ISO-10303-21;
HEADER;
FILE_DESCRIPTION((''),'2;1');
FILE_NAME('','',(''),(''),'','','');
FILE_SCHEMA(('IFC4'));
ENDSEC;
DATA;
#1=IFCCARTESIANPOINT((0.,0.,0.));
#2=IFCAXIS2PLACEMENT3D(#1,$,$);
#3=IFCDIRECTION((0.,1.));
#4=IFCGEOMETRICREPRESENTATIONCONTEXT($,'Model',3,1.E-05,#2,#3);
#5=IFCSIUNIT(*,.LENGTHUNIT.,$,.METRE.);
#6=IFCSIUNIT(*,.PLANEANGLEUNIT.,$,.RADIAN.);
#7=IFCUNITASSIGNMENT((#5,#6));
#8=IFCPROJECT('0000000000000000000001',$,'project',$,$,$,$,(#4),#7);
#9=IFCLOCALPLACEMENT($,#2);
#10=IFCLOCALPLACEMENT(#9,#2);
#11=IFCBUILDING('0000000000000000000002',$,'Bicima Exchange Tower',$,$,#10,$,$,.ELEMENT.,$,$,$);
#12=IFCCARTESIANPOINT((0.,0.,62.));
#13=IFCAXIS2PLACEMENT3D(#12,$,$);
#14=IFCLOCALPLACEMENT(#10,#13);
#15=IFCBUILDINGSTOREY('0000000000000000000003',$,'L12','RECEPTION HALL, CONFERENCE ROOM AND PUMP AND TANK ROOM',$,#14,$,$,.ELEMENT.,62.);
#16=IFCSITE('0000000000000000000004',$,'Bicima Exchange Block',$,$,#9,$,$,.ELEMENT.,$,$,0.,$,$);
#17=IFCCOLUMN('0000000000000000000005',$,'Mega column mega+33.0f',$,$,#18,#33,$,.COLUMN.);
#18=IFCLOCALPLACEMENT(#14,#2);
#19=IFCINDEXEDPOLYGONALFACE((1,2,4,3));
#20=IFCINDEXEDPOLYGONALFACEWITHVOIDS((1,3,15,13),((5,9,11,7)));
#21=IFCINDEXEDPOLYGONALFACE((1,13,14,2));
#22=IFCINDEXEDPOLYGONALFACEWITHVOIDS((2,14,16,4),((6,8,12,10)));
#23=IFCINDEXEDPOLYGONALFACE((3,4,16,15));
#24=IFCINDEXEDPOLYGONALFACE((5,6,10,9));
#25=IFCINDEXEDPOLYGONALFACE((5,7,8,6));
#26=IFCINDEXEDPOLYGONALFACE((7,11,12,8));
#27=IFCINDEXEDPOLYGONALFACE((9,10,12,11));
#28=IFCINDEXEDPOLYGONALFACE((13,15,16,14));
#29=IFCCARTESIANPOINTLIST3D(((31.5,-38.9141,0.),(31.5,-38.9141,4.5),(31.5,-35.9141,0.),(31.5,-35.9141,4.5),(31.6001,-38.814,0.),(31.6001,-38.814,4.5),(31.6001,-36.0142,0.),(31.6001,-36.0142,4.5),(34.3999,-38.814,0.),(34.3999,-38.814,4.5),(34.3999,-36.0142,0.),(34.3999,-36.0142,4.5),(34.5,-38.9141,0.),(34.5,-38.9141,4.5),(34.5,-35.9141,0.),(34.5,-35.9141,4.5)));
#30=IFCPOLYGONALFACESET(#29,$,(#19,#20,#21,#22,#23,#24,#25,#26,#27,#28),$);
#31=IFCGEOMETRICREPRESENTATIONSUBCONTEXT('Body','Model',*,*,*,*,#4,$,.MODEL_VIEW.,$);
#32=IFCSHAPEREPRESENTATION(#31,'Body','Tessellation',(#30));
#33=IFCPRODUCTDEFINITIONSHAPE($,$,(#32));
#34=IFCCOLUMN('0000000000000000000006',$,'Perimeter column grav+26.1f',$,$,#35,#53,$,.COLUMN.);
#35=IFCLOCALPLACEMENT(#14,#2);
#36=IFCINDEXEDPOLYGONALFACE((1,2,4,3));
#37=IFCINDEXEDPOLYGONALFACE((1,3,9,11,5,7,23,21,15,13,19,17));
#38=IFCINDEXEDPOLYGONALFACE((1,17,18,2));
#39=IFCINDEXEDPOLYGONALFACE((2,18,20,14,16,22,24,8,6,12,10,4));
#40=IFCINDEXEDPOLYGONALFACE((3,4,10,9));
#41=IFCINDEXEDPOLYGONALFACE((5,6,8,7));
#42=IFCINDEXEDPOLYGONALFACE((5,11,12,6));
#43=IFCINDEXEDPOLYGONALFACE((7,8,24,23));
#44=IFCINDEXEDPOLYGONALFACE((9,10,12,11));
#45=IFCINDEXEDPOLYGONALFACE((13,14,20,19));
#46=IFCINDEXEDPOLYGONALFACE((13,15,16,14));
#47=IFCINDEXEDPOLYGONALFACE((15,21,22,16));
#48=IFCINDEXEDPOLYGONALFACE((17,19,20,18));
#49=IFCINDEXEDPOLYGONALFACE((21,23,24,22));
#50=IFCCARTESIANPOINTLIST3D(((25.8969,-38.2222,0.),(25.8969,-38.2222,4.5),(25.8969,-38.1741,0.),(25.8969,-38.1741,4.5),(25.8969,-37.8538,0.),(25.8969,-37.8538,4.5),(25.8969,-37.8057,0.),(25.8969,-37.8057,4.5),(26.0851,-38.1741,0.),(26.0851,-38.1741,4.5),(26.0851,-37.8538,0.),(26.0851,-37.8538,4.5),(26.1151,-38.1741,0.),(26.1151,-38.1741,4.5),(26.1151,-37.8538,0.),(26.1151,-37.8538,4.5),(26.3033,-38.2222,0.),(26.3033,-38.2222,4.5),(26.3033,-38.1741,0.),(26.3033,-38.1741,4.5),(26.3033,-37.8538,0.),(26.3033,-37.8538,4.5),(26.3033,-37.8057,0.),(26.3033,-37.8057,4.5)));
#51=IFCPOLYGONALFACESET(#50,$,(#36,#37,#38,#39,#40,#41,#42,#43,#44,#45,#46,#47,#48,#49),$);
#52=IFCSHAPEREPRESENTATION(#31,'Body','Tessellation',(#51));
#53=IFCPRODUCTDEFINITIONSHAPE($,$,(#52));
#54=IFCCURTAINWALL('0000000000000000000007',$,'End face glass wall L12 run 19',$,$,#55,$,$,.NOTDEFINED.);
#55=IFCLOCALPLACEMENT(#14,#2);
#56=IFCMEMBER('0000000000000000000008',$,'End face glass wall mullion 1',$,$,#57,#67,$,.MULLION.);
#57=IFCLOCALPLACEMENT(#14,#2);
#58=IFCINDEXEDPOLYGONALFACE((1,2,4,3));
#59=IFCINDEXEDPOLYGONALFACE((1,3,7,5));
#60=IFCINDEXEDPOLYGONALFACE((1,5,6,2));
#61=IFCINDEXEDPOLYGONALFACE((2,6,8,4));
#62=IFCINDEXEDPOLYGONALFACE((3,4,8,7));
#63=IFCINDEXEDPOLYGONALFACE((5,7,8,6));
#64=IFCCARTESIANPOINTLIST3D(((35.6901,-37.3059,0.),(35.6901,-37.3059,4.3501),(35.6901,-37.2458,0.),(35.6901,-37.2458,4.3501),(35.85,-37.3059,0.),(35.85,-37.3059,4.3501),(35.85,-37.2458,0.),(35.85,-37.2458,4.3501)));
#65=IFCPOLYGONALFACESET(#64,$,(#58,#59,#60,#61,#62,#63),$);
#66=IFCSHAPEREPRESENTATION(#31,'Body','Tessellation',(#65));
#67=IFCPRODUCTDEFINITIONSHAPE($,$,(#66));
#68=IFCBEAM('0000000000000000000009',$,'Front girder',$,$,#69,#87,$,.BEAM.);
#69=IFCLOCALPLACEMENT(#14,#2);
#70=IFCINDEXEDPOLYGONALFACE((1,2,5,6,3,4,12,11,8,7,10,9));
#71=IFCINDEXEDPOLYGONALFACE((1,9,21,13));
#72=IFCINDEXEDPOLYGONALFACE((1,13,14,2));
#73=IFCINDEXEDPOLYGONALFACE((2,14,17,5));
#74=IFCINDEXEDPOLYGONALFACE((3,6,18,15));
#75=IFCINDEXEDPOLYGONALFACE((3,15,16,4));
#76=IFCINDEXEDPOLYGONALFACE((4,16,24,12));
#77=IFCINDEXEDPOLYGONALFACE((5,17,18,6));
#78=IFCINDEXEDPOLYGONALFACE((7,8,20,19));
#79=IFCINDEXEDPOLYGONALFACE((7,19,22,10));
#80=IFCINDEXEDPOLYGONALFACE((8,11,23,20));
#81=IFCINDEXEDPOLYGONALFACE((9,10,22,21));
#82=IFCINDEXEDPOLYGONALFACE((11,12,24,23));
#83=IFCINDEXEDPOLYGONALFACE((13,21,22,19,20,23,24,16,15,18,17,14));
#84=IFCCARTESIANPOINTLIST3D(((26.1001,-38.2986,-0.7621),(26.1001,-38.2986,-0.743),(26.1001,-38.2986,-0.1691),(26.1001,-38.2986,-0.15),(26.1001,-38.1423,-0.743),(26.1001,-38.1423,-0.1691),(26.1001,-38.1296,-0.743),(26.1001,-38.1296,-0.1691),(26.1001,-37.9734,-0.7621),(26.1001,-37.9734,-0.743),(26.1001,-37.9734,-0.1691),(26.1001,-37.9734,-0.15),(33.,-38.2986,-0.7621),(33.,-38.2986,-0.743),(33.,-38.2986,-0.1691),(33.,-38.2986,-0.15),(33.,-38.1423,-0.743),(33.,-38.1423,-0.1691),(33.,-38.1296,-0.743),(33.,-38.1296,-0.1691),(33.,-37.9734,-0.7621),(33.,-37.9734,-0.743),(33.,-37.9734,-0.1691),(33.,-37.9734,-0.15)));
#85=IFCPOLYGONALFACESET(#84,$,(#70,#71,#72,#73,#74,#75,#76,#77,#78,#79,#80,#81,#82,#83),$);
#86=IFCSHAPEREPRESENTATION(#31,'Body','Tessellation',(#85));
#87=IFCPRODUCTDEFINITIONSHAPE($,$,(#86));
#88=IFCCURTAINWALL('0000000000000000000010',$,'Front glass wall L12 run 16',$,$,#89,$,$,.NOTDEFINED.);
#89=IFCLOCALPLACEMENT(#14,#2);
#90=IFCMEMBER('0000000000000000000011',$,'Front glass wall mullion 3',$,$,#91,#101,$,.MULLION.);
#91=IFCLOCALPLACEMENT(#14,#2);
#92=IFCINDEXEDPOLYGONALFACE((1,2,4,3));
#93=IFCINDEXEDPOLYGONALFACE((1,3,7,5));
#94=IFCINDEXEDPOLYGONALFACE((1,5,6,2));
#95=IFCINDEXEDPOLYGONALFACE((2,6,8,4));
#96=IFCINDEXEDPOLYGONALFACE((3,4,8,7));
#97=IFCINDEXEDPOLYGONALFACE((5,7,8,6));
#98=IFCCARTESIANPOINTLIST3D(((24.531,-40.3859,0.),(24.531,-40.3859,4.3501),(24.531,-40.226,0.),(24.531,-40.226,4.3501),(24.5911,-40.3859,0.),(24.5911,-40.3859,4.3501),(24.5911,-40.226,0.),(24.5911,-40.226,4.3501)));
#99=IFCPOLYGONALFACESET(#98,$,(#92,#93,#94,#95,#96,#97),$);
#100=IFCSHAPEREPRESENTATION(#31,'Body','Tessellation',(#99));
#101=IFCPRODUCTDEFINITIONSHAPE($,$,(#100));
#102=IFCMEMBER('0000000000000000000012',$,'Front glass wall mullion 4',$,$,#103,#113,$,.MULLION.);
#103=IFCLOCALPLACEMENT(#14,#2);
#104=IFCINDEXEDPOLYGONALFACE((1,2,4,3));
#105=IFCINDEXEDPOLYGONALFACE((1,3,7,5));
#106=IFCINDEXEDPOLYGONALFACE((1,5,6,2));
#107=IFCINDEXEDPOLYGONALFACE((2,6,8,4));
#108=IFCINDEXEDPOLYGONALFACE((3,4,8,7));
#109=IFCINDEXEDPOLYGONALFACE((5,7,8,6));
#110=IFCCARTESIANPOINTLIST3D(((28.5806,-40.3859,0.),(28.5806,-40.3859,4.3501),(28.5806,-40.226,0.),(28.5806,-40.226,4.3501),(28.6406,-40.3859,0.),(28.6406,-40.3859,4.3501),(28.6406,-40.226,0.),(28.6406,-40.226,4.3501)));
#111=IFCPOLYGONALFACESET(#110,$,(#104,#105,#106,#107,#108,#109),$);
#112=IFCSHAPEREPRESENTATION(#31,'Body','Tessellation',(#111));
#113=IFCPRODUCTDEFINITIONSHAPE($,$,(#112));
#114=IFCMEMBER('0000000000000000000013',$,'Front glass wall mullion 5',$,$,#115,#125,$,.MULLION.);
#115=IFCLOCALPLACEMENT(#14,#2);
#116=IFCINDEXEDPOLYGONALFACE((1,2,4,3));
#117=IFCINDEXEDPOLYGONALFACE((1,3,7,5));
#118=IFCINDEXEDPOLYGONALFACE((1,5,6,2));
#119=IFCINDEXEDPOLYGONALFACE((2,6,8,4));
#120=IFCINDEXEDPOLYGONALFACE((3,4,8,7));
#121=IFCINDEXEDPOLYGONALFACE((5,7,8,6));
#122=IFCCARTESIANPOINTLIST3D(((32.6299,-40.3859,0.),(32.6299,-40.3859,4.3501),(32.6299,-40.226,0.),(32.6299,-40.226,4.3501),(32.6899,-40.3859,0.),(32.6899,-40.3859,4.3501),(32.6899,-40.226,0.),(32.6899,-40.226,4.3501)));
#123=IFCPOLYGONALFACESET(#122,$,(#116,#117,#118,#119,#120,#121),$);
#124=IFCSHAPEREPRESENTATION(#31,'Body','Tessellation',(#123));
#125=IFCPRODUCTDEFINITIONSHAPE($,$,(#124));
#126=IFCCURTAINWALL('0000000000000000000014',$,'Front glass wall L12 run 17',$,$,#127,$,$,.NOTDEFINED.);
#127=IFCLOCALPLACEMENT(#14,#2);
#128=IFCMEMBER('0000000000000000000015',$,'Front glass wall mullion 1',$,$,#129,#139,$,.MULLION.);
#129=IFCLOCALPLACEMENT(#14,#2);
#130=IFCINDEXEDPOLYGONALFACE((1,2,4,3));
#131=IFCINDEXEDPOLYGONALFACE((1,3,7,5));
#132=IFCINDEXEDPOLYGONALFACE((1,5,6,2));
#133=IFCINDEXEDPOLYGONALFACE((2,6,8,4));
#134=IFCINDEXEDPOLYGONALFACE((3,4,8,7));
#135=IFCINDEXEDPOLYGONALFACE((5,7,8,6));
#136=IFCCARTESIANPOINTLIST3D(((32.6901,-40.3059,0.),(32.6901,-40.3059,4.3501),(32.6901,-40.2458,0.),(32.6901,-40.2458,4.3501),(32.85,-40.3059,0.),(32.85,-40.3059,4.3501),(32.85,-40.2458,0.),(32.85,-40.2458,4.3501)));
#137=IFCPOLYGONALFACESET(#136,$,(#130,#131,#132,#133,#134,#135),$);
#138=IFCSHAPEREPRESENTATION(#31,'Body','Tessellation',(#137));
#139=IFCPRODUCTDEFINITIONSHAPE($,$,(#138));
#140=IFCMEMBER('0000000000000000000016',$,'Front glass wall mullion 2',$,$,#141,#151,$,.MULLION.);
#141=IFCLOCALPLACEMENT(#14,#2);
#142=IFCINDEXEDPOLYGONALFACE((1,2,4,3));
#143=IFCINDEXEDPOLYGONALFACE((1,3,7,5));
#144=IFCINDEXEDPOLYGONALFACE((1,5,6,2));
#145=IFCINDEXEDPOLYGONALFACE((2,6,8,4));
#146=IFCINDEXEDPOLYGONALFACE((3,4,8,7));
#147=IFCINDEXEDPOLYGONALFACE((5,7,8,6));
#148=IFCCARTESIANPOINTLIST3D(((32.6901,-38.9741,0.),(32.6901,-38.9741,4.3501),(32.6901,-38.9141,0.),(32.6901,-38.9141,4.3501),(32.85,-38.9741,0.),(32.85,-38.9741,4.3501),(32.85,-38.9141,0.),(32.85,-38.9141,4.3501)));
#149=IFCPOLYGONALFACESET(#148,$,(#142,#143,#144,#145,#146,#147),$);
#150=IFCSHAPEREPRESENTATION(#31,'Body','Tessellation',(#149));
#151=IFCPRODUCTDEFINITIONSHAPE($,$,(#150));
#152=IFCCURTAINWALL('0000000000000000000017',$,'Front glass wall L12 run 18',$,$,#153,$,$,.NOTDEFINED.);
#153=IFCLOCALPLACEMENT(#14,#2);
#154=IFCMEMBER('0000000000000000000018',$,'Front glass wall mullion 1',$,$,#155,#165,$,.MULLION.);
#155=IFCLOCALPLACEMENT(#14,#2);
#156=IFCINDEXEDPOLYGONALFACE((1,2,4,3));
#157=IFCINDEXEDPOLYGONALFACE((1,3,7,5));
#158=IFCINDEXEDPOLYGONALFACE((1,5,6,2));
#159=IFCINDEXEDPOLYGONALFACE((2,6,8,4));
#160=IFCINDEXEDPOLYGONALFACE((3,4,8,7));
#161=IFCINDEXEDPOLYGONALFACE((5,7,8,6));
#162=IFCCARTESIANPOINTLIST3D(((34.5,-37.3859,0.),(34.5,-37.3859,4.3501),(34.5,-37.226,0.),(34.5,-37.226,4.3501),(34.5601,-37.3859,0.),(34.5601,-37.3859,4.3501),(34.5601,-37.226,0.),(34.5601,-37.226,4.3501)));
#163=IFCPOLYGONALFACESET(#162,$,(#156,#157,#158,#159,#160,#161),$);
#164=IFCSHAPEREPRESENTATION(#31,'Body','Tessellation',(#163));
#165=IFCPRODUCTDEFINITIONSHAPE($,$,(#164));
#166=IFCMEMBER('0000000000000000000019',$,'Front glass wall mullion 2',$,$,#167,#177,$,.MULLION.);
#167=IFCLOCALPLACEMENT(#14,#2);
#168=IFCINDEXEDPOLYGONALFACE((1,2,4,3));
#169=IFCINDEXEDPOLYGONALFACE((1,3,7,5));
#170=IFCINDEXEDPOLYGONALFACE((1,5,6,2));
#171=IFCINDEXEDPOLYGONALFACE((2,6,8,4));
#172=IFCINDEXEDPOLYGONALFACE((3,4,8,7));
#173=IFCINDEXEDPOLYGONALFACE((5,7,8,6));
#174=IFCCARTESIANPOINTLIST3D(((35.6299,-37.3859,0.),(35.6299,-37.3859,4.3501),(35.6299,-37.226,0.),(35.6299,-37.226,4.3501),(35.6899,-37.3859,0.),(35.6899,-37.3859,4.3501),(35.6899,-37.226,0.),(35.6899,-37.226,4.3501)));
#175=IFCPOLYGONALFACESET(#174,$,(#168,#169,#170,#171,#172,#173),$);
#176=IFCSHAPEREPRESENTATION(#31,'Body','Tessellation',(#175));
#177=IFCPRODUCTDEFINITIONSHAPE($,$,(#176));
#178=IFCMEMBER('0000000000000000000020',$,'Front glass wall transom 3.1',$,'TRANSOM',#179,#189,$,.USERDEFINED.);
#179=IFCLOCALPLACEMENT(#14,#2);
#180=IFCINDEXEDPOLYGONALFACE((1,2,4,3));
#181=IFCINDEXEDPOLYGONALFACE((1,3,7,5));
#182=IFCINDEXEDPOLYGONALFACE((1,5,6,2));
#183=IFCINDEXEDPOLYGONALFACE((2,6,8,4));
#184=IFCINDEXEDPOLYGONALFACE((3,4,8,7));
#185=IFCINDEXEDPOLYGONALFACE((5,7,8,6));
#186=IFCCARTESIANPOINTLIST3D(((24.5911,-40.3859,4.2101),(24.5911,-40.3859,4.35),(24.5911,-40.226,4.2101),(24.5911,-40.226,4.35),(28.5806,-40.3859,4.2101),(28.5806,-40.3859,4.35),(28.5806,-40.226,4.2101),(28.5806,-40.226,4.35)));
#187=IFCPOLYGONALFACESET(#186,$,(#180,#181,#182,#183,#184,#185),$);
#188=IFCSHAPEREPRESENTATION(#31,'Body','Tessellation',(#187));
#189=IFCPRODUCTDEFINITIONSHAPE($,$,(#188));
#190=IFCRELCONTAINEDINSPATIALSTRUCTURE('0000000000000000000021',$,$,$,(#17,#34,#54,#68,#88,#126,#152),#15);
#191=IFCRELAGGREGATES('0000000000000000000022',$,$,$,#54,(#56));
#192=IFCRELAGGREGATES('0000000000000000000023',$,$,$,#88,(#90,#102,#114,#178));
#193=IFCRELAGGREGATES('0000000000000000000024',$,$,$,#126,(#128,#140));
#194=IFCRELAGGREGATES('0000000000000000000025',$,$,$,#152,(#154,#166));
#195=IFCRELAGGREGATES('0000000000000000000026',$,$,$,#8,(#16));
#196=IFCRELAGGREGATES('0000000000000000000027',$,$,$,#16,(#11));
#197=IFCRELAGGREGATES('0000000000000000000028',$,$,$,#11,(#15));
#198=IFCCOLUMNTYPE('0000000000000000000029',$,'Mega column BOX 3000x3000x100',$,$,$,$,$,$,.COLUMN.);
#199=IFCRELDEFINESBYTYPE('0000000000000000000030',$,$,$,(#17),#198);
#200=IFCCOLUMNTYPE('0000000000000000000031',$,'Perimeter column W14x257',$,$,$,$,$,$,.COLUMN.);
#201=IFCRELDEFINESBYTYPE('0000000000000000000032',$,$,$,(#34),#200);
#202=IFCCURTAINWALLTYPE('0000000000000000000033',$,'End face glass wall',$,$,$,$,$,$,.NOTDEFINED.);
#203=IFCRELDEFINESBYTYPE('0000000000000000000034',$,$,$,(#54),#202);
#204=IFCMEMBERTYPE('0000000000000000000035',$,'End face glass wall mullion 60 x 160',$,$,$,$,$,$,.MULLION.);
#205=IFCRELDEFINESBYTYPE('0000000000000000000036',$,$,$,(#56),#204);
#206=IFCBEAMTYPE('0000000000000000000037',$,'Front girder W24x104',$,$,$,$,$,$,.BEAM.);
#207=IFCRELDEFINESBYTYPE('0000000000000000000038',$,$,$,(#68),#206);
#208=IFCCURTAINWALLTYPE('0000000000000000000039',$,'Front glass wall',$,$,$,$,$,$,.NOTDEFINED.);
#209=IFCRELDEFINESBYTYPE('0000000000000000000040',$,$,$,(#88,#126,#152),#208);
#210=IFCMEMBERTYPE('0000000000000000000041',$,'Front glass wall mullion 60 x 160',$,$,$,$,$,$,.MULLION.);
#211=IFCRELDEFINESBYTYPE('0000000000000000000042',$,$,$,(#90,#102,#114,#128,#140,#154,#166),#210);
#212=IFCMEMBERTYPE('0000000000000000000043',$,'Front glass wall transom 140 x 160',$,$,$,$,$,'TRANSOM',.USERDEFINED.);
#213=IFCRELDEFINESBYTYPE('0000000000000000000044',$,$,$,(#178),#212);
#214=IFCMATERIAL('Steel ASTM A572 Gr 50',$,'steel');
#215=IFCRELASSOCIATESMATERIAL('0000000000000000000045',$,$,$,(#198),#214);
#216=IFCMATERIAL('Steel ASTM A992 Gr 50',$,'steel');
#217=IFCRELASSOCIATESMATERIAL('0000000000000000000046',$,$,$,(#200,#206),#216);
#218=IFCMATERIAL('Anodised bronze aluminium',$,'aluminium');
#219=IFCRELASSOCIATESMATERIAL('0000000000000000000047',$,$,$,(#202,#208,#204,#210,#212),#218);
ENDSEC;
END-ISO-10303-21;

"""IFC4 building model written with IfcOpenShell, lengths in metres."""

from ifc_helpers import new_model, si_unit, direction, frame, origin, origin_2d, place, context, subcontext, project, spatial, rectangle, hollow_rectangle, i_section, extrude, material, material_profile, profile_set, type_object, element, aggregate, save


model = new_model("IFC4")

# Units and contexts
model_context = context("Model", 3, precision=1e-05, world=origin(), true_north=direction((0.0, 1.0)))
body_context = subcontext(model_context, "Body", "Model", "MODEL_VIEW")
ifc_project = project(units=[si_unit("LENGTHUNIT", "METRE"), si_unit("PLANEANGLEUNIT", "RADIAN")], contexts=[model_context])

# Site, building, storey
site_placement = place(None, origin())
site = spatial("IfcSite", under=ifc_project, at=site_placement, Name="Bicima Exchange Block", CompositionType="ELEMENT", RefElevation=0.0)
building_placement = place(site_placement, origin())
building = spatial("IfcBuilding", under=site, at=building_placement, Name="Bicima Exchange Tower", CompositionType="ELEMENT")
storey_placement = place(building_placement, frame((0.0, 0.0, 62.0)))
storey = spatial("IfcBuildingStorey", under=building, at=storey_placement, Name="L12", Description="RECEPTION HALL, CONFERENCE ROOM AND PUMP AND TANK ROOM", CompositionType="ELEMENT", Elevation=62.0)

# Columns
ifc_material_1 = material(Name="Steel ASTM A572 Gr 50", Category="steel")
ifc_material_profile_1 = material_profile(ifc_material_1, hollow_rectangle(XDim=3.0, YDim=3.0, WallThickness=0.1001, at=origin_2d()))
ifc_profile_set_1 = profile_set([ifc_material_profile_1], Name="Steel ASTM A572 Gr 50")
column_type_1 = type_object("IfcColumnType", Name="Mega column BOX 3000x3000x100", PredefinedType="COLUMN", material=ifc_profile_set_1)
column_1_placement = place(storey_placement, frame((33.0, -37.4141, 0.0), z_axis=(0.0, 0.0, 1.0), x_axis=(1.0, 0.0, 0.0)))
element("IfcColumn", 1, at=column_1_placement, inside=storey, type_object=column_type_1, Name="Mega column mega+33.0f", PredefinedType="COLUMN", context=body_context, shape_type="SweptSolid", body=[
    extrude(hollow_rectangle(XDim=3.0, YDim=3.0, WallThickness=0.1001, at=origin_2d()), origin(), (0.0, 0.0, 1.0), 4.5),
])
ifc_material_2 = material(Name="Steel ASTM A992 Gr 50", Category="steel")
ifc_material_profile_2 = material_profile(ifc_material_2, i_section(OverallWidth=0.4065, OverallDepth=0.4165, WebThickness=0.03, FlangeThickness=0.0481, at=origin_2d()))
ifc_profile_set_2 = profile_set([ifc_material_profile_2], Name="Steel ASTM A992 Gr 50")
column_type_2 = type_object("IfcColumnType", Name="Perimeter column W14x257", PredefinedType="COLUMN", material=ifc_profile_set_2)
column_2_placement = place(storey_placement, frame((26.1001, -38.0139, 0.0), z_axis=(0.0, 0.0, 1.0), x_axis=(1.0, 0.0, 0.0)))
element("IfcColumn", 2, at=column_2_placement, inside=storey, type_object=column_type_2, Name="Perimeter column grav+26.1f", PredefinedType="COLUMN", context=body_context, shape_type="SweptSolid", body=[
    extrude(i_section(OverallWidth=0.4065, OverallDepth=0.4165, WebThickness=0.03, FlangeThickness=0.0481, at=origin_2d()), origin(), (0.0, 0.0, 1.0), 4.5),
])

# Curtain wall, member
ifc_material_3 = material(Name="Anodised bronze aluminium", Category="aluminium")
curtain_wall_type_1 = type_object("IfcCurtainWallType", Name="End face glass wall", PredefinedType="NOTDEFINED", material=ifc_material_3)
curtain_wall_1_placement = place(storey_placement, origin())
curtain_wall_1 = element("IfcCurtainWall", 3, at=curtain_wall_1_placement, inside=storey, type_object=curtain_wall_type_1, Name="End face glass wall L12 run 19", PredefinedType="NOTDEFINED")
ifc_material_profile_3 = material_profile(ifc_material_3, rectangle(XDim=0.1599, YDim=0.0601, at=origin_2d()))
ifc_profile_set_3 = profile_set([ifc_material_profile_3], Name="Anodised bronze aluminium")
member_type_1 = type_object("IfcMemberType", Name="End face glass wall mullion 60 x 160", PredefinedType="MULLION", material=ifc_profile_set_3)
member_1_placement = place(storey_placement, frame((35.77, -37.2759, 0.0), z_axis=(0.0, 0.0, 1.0), x_axis=(-1.0, 0.0, 0.0)))
member_1 = element("IfcMember", 4, at=member_1_placement, type_object=member_type_1, Name="End face glass wall mullion 1", PredefinedType="MULLION", context=body_context, shape_type="SweptSolid", body=[
    extrude(rectangle(XDim=0.1599, YDim=0.0601, at=origin_2d()), origin(), (0.0, 0.0, 1.0), 4.3501),
])
aggregate(curtain_wall_1, [member_1])

# Beam
ifc_material_profile_4 = material_profile(ifc_material_2, i_section(OverallWidth=0.3252, OverallDepth=0.6121, WebThickness=0.0127, FlangeThickness=0.019, at=origin_2d()))
ifc_profile_set_4 = profile_set([ifc_material_profile_4], Name="Steel ASTM A992 Gr 50")
beam_type = type_object("IfcBeamType", Name="Front girder W24x104", PredefinedType="BEAM", material=ifc_profile_set_4)
beam_placement = place(storey_placement, frame((26.1001, -38.136, -0.4561), z_axis=(1.0, 0.0, 0.0), x_axis=(0.0, 1.0, 0.0)))
element("IfcBeam", 5, at=beam_placement, inside=storey, type_object=beam_type, Name="Front girder", PredefinedType="BEAM", context=body_context, shape_type="SweptSolid", body=[
    extrude(i_section(OverallWidth=0.3252, OverallDepth=0.6121, WebThickness=0.0127, FlangeThickness=0.019, at=origin_2d()), origin(), (0.0, 0.0, 1.0), 6.8999),
])

# Curtain walls, members
curtain_wall_type_2 = type_object("IfcCurtainWallType", Name="Front glass wall", PredefinedType="NOTDEFINED", material=ifc_material_3)
curtain_wall_2_placement = place(storey_placement, origin())
curtain_wall_2 = element("IfcCurtainWall", 6, at=curtain_wall_2_placement, inside=storey, type_object=curtain_wall_type_2, Name="Front glass wall L12 run 16", PredefinedType="NOTDEFINED")
member_type_2 = type_object("IfcMemberType", Name="Front glass wall mullion 60 x 160", PredefinedType="MULLION", material=ifc_profile_set_3)
member_2_placement = place(storey_placement, frame((24.561, -40.3059, 0.0), z_axis=(0.0, 0.0, 1.0), x_axis=(0.0, 1.0, 0.0)))
member_2 = element("IfcMember", 7, at=member_2_placement, type_object=member_type_2, Name="Front glass wall mullion 3", PredefinedType="MULLION", context=body_context, shape_type="SweptSolid", body=[
    extrude(rectangle(XDim=0.1599, YDim=0.0601, at=origin_2d()), origin(), (0.0, 0.0, 1.0), 4.3501),
])
member_3_placement = place(storey_placement, frame((28.6106, -40.3059, 0.0), z_axis=(0.0, 0.0, 1.0), x_axis=(0.0, 1.0, 0.0)))
member_3 = element("IfcMember", 8, at=member_3_placement, type_object=member_type_2, Name="Front glass wall mullion 4", PredefinedType="MULLION", context=body_context, shape_type="SweptSolid", body=[
    extrude(rectangle(XDim=0.1599, YDim=0.0601, at=origin_2d()), origin(), (0.0, 0.0, 1.0), 4.3501),
])
member_4_placement = place(storey_placement, frame((32.6599, -40.3059, 0.0), z_axis=(0.0, 0.0, 1.0), x_axis=(0.0, 1.0, 0.0)))
member_4 = element("IfcMember", 9, at=member_4_placement, type_object=member_type_2, Name="Front glass wall mullion 5", PredefinedType="MULLION", context=body_context, shape_type="SweptSolid", body=[
    extrude(rectangle(XDim=0.1599, YDim=0.0601, at=origin_2d()), origin(), (0.0, 0.0, 1.0), 4.3501),
])
curtain_wall_3_placement = place(storey_placement, origin())
curtain_wall_3 = element("IfcCurtainWall", 10, at=curtain_wall_3_placement, inside=storey, type_object=curtain_wall_type_2, Name="Front glass wall L12 run 17", PredefinedType="NOTDEFINED")
member_5_placement = place(storey_placement, frame((32.77, -40.2759, 0.0), z_axis=(0.0, 0.0, 1.0), x_axis=(-1.0, 0.0, 0.0)))
member_5 = element("IfcMember", 11, at=member_5_placement, type_object=member_type_2, Name="Front glass wall mullion 1", PredefinedType="MULLION", context=body_context, shape_type="SweptSolid", body=[
    extrude(rectangle(XDim=0.1599, YDim=0.0601, at=origin_2d()), origin(), (0.0, 0.0, 1.0), 4.3501),
])
member_6_placement = place(storey_placement, frame((32.77, -38.9441, 0.0), z_axis=(0.0, 0.0, 1.0), x_axis=(-1.0, 0.0, 0.0)))
member_6 = element("IfcMember", 12, at=member_6_placement, type_object=member_type_2, Name="Front glass wall mullion 2", PredefinedType="MULLION", context=body_context, shape_type="SweptSolid", body=[
    extrude(rectangle(XDim=0.1599, YDim=0.0601, at=origin_2d()), origin(), (0.0, 0.0, 1.0), 4.3501),
])
curtain_wall_4_placement = place(storey_placement, origin())
curtain_wall_4 = element("IfcCurtainWall", 13, at=curtain_wall_4_placement, inside=storey, type_object=curtain_wall_type_2, Name="Front glass wall L12 run 18", PredefinedType="NOTDEFINED")
member_7_placement = place(storey_placement, frame((34.53, -37.3059, 0.0), z_axis=(0.0, 0.0, 1.0), x_axis=(0.0, 1.0, 0.0)))
member_7 = element("IfcMember", 14, at=member_7_placement, type_object=member_type_2, Name="Front glass wall mullion 1", PredefinedType="MULLION", context=body_context, shape_type="SweptSolid", body=[
    extrude(rectangle(XDim=0.1599, YDim=0.0601, at=origin_2d()), origin(), (0.0, 0.0, 1.0), 4.3501),
])
member_8_placement = place(storey_placement, frame((35.6599, -37.3059, 0.0), z_axis=(0.0, 0.0, 1.0), x_axis=(0.0, 1.0, 0.0)))
member_8 = element("IfcMember", 15, at=member_8_placement, type_object=member_type_2, Name="Front glass wall mullion 2", PredefinedType="MULLION", context=body_context, shape_type="SweptSolid", body=[
    extrude(rectangle(XDim=0.1599, YDim=0.0601, at=origin_2d()), origin(), (0.0, 0.0, 1.0), 4.3501),
])

# Member
ifc_material_profile_5 = material_profile(ifc_material_3, rectangle(XDim=0.1599, YDim=0.1399, at=origin_2d()))
ifc_profile_set_5 = profile_set([ifc_material_profile_5], Name="Anodised bronze aluminium")
member_type_3 = type_object("IfcMemberType", Name="Front glass wall transom 140 x 160", ElementType="TRANSOM", PredefinedType="USERDEFINED", material=ifc_profile_set_5)
member_9_placement = place(storey_placement, frame((24.5911, -40.3059, 4.28), z_axis=(1.0, 0.0, 0.0), x_axis=(0.0, 1.0, 0.0)))
member_9 = element("IfcMember", 16, at=member_9_placement, type_object=member_type_3, Name="Front glass wall transom 3.1", ObjectType="TRANSOM", PredefinedType="USERDEFINED", context=body_context, shape_type="SweptSolid", body=[
    extrude(rectangle(XDim=0.1599, YDim=0.1399, at=origin_2d()), origin(), (0.0, 0.0, 1.0), 3.9895),
])

aggregate(curtain_wall_2, [member_2, member_3, member_4, member_9])
aggregate(curtain_wall_3, [member_5, member_6])
aggregate(curtain_wall_4, [member_7, member_8])

save(model, "model.ifc")
